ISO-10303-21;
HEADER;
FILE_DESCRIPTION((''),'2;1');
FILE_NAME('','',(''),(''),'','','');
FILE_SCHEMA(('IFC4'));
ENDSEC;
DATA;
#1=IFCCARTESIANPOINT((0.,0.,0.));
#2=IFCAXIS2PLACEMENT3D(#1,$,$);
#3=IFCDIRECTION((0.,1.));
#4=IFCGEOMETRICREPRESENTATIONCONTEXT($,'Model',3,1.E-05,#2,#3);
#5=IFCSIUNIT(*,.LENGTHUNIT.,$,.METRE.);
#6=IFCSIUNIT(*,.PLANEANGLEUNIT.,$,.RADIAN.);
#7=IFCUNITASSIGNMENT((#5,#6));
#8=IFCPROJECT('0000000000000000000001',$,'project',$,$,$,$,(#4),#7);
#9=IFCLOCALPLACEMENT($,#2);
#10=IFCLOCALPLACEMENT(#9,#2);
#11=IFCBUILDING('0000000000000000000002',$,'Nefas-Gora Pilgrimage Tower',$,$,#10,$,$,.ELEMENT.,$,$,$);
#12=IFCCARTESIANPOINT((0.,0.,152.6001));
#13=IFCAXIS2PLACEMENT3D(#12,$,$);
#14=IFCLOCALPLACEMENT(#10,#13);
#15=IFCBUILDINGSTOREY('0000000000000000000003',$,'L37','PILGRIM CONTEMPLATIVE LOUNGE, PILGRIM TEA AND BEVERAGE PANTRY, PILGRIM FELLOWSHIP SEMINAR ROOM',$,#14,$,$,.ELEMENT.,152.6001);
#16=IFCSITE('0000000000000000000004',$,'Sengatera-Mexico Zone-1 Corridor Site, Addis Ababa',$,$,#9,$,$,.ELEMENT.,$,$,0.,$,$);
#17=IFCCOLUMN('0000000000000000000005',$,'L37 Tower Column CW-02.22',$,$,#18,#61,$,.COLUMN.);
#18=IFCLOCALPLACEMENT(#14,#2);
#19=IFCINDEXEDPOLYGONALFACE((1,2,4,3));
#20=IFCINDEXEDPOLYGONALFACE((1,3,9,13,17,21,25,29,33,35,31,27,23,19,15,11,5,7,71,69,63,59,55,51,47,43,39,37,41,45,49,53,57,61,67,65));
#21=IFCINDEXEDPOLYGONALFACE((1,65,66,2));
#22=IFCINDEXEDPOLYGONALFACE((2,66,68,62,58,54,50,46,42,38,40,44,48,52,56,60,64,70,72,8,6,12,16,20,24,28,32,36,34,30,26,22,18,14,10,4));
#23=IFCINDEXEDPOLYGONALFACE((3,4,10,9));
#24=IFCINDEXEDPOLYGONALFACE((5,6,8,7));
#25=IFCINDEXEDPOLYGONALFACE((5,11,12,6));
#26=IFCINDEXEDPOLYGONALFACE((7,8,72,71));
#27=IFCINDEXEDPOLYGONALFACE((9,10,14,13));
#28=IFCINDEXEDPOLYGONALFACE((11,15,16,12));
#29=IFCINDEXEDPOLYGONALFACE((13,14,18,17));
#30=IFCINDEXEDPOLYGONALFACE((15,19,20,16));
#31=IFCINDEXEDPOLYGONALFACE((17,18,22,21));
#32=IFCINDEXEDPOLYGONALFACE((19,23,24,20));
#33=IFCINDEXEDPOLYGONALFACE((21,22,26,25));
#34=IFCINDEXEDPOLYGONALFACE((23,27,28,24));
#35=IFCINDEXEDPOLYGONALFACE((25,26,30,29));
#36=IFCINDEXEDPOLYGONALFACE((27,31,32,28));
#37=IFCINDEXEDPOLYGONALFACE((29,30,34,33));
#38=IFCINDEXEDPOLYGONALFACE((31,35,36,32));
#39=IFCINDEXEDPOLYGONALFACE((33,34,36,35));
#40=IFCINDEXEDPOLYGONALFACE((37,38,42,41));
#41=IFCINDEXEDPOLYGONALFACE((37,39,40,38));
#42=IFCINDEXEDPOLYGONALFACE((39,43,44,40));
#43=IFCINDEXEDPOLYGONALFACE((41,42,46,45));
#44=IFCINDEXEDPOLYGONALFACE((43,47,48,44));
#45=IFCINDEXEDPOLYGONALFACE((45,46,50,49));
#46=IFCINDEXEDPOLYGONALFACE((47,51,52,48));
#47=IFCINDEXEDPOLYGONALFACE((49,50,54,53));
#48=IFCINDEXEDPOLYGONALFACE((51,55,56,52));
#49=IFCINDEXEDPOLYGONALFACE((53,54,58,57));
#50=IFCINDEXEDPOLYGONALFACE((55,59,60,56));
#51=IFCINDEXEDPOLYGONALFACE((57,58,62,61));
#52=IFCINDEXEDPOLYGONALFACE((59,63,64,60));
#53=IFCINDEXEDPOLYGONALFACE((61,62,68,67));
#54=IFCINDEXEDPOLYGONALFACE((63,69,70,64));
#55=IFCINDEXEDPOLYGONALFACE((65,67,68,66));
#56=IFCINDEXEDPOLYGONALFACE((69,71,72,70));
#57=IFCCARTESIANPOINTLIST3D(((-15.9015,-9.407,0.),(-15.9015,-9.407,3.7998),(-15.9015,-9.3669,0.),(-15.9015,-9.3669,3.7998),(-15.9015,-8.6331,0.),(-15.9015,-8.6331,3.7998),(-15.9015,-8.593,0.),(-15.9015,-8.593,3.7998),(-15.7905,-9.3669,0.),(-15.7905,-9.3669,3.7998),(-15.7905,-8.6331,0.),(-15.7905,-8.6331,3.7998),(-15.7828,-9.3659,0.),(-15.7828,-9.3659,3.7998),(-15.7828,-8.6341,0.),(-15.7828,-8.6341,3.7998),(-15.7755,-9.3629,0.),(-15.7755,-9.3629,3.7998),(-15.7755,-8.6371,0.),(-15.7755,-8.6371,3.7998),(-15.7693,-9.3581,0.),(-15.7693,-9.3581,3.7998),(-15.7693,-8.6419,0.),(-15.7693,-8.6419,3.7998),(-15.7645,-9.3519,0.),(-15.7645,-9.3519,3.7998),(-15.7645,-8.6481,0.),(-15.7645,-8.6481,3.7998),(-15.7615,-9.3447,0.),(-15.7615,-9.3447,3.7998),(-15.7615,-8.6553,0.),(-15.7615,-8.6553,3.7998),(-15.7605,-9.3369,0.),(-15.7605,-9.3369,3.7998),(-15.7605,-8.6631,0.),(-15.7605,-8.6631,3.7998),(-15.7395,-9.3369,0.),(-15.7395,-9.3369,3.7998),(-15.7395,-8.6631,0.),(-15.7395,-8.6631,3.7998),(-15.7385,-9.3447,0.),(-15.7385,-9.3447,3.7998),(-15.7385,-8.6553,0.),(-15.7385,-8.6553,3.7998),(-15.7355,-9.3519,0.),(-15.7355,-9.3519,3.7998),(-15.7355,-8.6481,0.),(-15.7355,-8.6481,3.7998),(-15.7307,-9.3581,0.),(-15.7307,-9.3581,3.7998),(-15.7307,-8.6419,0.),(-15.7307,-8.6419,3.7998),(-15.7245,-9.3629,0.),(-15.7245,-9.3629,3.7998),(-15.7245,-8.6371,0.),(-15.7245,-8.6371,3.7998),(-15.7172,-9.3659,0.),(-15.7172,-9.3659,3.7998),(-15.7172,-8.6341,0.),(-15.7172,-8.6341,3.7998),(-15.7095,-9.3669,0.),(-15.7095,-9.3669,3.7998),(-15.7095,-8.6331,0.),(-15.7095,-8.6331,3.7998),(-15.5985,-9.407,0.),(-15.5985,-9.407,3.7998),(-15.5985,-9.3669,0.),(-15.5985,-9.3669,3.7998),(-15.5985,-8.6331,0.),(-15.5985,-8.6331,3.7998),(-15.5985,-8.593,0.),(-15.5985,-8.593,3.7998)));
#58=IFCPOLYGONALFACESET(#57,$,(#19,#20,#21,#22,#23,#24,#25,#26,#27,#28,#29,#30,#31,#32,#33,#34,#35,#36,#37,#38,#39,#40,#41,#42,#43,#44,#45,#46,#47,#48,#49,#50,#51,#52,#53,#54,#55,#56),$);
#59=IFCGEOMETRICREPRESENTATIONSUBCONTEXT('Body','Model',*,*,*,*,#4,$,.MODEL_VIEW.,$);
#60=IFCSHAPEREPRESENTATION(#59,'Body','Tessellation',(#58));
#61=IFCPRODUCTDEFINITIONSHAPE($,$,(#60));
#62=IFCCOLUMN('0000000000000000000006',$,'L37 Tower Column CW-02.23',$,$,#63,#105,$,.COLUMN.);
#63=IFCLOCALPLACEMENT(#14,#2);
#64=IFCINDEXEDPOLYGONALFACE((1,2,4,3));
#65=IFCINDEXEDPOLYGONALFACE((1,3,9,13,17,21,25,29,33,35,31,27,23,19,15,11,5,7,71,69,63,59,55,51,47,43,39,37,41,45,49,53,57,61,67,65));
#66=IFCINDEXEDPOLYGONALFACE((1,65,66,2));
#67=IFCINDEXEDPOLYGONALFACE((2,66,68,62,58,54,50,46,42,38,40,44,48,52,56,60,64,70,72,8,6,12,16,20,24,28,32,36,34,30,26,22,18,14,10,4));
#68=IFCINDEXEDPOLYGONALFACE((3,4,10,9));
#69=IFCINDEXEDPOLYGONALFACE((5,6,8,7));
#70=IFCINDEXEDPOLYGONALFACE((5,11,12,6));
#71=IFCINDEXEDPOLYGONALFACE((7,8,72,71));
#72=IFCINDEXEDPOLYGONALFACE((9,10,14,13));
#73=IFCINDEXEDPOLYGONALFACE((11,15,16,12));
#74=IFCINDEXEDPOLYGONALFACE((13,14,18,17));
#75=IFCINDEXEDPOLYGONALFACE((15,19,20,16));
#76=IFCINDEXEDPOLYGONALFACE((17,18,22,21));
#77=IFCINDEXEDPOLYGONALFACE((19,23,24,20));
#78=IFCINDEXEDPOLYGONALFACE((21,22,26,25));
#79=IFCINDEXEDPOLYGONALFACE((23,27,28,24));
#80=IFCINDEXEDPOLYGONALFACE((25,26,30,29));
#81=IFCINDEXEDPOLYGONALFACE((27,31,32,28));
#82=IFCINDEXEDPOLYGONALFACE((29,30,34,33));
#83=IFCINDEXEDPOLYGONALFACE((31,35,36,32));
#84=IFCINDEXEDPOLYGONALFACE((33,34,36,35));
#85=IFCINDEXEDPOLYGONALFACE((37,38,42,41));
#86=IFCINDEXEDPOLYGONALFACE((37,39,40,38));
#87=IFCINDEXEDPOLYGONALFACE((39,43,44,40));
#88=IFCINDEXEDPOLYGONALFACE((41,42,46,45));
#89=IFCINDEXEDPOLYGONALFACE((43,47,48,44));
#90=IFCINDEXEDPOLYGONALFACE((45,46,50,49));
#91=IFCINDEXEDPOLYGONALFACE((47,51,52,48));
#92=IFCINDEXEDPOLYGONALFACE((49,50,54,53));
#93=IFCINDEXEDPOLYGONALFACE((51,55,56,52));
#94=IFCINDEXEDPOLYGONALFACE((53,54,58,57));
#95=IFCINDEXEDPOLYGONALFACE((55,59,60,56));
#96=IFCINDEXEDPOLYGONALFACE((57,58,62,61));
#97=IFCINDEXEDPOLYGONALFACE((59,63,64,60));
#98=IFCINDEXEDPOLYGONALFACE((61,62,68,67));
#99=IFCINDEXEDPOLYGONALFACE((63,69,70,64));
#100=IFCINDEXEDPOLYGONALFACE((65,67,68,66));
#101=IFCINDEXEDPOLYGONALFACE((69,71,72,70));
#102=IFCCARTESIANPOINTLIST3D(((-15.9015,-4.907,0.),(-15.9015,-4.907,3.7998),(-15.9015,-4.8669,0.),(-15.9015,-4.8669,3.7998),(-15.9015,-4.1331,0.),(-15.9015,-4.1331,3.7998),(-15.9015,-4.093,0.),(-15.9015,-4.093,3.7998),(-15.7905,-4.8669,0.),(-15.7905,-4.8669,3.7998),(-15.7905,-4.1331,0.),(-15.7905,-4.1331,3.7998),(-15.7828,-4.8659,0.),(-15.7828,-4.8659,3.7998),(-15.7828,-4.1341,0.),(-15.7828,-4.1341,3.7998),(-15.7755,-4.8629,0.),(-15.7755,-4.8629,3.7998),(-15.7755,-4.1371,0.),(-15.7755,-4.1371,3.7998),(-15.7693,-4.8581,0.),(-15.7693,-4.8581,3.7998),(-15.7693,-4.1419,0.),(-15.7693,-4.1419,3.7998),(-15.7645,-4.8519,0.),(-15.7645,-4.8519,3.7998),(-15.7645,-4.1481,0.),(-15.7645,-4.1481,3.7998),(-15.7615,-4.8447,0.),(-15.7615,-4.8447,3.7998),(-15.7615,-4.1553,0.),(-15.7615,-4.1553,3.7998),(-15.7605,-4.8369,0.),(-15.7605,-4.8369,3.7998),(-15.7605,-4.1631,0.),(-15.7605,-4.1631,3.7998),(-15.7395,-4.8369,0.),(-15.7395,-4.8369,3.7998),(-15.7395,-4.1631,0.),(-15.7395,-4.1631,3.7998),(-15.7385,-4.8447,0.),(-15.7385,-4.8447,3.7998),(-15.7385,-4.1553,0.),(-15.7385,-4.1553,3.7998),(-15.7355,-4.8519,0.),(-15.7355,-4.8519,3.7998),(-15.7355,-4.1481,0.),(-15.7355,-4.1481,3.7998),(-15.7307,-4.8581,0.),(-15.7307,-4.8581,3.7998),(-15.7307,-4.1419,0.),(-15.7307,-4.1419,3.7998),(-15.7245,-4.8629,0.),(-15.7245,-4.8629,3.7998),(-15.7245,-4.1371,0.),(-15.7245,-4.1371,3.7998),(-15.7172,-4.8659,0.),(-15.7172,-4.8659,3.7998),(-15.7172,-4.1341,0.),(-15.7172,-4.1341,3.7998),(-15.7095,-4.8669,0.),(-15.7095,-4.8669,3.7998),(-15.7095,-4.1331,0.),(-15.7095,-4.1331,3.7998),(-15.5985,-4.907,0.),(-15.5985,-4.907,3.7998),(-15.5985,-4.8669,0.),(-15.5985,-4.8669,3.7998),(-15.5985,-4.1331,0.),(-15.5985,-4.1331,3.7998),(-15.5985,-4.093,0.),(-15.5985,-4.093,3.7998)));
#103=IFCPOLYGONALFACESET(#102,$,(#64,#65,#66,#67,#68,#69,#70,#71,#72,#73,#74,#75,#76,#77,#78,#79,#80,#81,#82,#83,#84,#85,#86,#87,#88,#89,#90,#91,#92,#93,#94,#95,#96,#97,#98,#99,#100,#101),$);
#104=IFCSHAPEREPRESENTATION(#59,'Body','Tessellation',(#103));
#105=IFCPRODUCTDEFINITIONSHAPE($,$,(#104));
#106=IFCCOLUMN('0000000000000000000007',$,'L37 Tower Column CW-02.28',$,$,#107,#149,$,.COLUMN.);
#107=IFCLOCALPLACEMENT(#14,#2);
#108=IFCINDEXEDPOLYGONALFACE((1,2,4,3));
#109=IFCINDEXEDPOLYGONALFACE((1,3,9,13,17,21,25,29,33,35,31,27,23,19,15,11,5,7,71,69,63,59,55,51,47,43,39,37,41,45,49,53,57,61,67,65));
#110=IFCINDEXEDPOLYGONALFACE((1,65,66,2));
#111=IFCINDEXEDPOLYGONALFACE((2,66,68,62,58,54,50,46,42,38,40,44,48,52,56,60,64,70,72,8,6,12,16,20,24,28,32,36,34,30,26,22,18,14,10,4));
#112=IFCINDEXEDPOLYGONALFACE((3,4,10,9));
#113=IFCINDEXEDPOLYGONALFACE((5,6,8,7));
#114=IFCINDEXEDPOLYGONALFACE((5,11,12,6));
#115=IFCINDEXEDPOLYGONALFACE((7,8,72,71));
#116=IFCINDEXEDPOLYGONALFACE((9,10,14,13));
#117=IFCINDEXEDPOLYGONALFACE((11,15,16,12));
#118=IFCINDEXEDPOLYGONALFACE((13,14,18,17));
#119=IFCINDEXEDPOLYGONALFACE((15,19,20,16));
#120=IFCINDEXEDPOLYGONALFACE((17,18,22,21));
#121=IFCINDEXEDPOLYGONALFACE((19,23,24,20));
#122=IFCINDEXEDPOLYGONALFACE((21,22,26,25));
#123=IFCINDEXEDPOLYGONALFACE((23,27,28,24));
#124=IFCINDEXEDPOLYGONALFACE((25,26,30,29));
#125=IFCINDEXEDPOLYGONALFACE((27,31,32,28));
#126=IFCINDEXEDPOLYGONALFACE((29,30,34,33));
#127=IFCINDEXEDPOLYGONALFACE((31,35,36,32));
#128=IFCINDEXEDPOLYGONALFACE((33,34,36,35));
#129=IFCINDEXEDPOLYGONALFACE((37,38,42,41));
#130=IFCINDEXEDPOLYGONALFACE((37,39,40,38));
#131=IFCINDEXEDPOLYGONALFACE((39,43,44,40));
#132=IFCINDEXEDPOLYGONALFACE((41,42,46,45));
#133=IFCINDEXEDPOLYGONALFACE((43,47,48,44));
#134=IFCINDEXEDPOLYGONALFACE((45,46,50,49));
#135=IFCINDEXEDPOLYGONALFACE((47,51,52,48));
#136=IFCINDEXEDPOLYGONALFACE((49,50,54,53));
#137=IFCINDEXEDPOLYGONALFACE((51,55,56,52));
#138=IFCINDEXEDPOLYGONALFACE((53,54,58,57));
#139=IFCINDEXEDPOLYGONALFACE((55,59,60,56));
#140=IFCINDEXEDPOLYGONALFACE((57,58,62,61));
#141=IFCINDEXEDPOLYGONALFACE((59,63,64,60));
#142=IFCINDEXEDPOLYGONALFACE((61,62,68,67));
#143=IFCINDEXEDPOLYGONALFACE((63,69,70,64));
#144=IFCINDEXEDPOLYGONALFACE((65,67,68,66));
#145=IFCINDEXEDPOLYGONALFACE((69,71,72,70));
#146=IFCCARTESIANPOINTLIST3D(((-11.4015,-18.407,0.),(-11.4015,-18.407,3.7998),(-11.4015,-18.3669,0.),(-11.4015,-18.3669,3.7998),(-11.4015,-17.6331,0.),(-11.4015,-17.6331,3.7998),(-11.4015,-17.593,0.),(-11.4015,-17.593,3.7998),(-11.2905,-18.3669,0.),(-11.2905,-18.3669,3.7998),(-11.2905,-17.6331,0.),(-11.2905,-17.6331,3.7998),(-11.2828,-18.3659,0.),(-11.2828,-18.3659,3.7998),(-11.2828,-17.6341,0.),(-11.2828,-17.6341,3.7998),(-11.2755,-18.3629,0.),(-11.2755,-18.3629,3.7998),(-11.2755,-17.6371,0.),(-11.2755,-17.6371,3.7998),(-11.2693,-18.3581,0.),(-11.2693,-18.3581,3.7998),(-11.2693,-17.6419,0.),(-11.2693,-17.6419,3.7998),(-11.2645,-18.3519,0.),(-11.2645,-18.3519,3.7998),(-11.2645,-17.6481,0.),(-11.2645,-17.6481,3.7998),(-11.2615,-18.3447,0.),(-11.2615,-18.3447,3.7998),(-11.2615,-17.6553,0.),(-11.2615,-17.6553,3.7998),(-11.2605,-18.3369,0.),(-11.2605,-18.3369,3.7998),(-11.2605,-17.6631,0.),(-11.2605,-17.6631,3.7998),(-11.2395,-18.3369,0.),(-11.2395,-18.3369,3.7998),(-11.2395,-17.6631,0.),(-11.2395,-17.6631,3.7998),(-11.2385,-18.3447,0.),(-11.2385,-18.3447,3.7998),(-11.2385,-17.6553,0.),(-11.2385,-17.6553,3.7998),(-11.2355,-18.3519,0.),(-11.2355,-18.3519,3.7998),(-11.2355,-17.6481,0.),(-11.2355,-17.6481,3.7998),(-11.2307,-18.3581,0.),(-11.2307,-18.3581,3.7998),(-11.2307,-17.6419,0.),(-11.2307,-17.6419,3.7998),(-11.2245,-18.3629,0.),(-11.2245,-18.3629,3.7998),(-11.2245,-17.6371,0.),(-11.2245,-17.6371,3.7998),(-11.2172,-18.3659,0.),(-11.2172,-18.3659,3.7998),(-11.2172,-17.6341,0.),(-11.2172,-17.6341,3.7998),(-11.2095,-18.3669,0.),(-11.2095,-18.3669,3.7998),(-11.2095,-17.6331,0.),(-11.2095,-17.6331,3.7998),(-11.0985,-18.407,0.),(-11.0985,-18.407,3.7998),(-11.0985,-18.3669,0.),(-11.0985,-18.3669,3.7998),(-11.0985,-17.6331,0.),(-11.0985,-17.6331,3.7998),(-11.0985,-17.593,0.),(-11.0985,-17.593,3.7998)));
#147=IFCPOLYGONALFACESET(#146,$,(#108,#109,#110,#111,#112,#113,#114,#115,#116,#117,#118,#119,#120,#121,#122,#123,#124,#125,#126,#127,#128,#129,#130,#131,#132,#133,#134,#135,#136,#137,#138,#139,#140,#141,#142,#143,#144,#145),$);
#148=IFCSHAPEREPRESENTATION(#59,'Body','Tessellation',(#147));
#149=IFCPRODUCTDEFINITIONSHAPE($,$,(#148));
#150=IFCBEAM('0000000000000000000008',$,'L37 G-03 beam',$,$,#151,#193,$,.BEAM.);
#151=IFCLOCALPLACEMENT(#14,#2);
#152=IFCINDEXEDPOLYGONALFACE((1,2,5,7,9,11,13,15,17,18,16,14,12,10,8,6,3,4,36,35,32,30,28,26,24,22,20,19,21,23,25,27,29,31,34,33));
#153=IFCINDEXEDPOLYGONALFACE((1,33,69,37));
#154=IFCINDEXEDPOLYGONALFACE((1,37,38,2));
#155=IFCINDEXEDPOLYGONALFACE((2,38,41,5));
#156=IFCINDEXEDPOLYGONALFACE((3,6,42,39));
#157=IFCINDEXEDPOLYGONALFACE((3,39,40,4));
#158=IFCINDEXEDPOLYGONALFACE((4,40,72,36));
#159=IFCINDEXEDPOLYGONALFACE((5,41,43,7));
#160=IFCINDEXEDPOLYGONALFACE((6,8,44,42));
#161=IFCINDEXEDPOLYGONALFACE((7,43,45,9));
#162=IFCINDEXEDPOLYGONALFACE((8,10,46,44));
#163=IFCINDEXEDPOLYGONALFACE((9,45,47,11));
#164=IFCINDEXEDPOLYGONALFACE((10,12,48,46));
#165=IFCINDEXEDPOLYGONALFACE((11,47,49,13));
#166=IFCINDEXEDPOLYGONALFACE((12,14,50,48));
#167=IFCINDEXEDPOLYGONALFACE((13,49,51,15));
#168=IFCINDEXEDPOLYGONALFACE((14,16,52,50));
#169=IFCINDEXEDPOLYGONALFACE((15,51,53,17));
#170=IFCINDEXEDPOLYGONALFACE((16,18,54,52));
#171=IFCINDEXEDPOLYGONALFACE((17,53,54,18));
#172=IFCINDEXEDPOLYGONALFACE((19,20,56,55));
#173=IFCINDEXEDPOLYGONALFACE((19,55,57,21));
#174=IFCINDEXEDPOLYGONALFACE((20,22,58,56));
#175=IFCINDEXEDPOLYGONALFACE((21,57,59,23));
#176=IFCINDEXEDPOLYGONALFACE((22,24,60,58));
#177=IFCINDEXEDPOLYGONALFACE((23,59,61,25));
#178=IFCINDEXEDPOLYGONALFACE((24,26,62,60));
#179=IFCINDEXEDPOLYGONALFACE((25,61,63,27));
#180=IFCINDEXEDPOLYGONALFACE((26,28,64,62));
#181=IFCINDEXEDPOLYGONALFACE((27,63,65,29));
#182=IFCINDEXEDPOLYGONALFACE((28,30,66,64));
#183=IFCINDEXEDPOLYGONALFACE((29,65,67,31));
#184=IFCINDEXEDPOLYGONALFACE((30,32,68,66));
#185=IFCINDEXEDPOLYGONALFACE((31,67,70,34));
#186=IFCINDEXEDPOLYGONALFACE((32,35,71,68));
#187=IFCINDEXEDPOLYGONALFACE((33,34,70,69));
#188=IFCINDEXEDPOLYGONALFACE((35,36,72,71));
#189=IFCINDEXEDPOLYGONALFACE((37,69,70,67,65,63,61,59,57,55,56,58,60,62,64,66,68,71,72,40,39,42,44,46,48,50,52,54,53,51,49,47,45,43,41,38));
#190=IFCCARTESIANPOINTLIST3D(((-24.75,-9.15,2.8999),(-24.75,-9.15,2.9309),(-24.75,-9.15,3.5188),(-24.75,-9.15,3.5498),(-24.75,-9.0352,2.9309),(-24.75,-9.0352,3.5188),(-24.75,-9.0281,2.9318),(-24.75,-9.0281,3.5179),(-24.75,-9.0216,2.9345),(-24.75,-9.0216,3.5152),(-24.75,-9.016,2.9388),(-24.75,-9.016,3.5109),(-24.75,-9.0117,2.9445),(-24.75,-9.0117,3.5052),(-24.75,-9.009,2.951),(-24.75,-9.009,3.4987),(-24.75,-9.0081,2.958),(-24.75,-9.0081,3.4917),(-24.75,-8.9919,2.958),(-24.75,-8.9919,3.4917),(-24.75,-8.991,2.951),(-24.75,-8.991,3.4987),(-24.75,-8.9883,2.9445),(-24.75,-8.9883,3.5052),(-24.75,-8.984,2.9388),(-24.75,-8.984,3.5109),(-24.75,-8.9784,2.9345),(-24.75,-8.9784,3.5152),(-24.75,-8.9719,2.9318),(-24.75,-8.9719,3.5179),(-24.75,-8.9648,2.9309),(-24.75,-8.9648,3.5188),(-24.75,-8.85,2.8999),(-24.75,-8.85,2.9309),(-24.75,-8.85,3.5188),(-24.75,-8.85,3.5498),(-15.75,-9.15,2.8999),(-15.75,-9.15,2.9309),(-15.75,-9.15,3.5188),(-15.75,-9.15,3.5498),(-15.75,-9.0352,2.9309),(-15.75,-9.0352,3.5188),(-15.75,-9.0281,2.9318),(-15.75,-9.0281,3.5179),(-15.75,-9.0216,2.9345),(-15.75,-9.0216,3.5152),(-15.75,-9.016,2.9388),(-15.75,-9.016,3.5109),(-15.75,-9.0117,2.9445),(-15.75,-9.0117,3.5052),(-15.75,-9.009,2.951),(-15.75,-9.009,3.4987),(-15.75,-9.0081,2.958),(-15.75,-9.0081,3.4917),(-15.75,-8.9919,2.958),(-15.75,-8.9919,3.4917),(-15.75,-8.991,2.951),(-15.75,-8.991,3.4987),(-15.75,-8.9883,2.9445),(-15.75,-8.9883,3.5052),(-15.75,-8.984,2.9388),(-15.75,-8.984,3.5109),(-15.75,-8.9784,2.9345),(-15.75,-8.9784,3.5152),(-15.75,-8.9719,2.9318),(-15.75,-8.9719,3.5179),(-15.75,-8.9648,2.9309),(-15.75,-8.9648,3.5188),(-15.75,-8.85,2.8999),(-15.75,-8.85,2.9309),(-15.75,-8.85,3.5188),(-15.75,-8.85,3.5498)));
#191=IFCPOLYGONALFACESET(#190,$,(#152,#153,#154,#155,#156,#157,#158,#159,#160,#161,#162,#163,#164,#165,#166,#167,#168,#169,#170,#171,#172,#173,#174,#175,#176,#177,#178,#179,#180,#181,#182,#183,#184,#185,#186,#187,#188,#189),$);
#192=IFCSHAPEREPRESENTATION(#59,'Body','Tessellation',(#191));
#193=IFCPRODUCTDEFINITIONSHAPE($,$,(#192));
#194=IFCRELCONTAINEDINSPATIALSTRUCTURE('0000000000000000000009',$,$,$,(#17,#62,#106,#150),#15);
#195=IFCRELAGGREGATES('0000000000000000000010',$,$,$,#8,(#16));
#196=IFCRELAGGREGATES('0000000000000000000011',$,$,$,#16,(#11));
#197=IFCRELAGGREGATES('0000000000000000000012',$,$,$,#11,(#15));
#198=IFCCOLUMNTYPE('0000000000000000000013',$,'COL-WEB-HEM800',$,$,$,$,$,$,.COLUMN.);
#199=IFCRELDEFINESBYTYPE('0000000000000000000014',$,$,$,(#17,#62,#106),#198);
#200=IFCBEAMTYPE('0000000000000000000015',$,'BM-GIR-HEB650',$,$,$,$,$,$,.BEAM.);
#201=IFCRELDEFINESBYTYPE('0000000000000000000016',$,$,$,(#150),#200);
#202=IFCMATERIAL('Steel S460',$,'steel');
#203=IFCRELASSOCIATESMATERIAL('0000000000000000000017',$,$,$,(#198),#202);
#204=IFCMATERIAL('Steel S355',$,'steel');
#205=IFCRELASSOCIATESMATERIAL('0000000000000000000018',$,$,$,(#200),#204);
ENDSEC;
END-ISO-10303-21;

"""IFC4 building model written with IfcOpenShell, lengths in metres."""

from ifc_helpers import new_model, si_unit, direction, frame, origin, origin_2d, place, context, subcontext, project, spatial, i_section, extrude, source, transform, mapped, material, material_profile, profile_set, type_object, element, save


model = new_model("IFC4")

# Units and contexts
model_context = context("Model", 3, precision=1e-05, world=origin(), true_north=direction((0.0, 1.0)))
body_context = subcontext(model_context, "Body", "Model", "MODEL_VIEW")
ifc_project = project(units=[si_unit("LENGTHUNIT", "METRE"), si_unit("PLANEANGLEUNIT", "RADIAN")], contexts=[model_context])

# Site, building, storey
site_placement = place(None, origin())
site = spatial("IfcSite", under=ifc_project, at=site_placement, Name="Sengatera-Mexico Zone-1 Corridor Site, Addis Ababa", CompositionType="ELEMENT", RefElevation=0.0)
building_placement = place(site_placement, origin())
building = spatial("IfcBuilding", under=site, at=building_placement, Name="Nefas-Gora Pilgrimage Tower", CompositionType="ELEMENT")
storey_placement = place(building_placement, frame((0.0, 0.0, 152.6001)))
storey = spatial("IfcBuildingStorey", under=building, at=storey_placement, Name="L37", Description="PILGRIM CONTEMPLATIVE LOUNGE, PILGRIM TEA AND BEVERAGE PANTRY, PILGRIM FELLOWSHIP SEMINAR ROOM", CompositionType="ELEMENT", Elevation=152.6001)

# Columns
ifc_material_1 = material(Name="Steel S460", Category="steel")
ifc_material_profile_1 = material_profile(ifc_material_1, i_section(OverallWidth=0.303, OverallDepth=0.814, WebThickness=0.021, FlangeThickness=0.04, FilletRadius=0.03, at=origin_2d()), Name="HEM 800")
ifc_profile_set_1 = profile_set([ifc_material_profile_1], Name="Steel S460")
column_type_1 = type_object("IfcColumnType", Name="COL-WEB-HEM800", PredefinedType="COLUMN", material=ifc_profile_set_1)
shared_shape_1 = source(origin(), body_context, "Body", "SweptSolid", [
    extrude(i_section(OverallWidth=0.303, OverallDepth=0.814, WebThickness=0.021, FlangeThickness=0.04, FilletRadius=0.03, at=origin_2d()), origin(), (0.0, 0.0, 1.0), 3.7998),
])
for number, where, z_axis, x_axis, name in (
    (1, (-15.75, -9.0, 0.0), (0.0, 0.0, 1.0), (1.0, 0.0, 0.0), "L37 Tower Column CW-02.22"),
    (2, (-15.75, -4.5, 0.0), (0.0, 0.0, 1.0), (1.0, 0.0, 0.0), "L37 Tower Column CW-02.23"),
    (3, (-11.25, -18.0, 0.0), (0.0, 0.0, 1.0), (1.0, 0.0, 0.0), "L37 Tower Column CW-02.28"),
):
    element("IfcColumn", number, at=place(storey_placement, frame(where, z_axis=z_axis, x_axis=x_axis)), inside=storey, type_object=column_type_1, Name=name, PredefinedType="COLUMN", context=body_context, shape_type="MappedRepresentation", body=[
        mapped(shared_shape_1, transform((0.0, 0.0, 0.0), x_axis=(1.0, 0.0, 0.0), y_axis=(0.0, 1.0, 0.0), z_axis=(0.0, 0.0, 1.0), scale=1.0)),
    ])

# Beam
ifc_material_2 = material(Name="Steel S355", Category="steel")
ifc_material_profile_2 = material_profile(ifc_material_2, i_section(OverallWidth=0.3, OverallDepth=0.6499, WebThickness=0.0161, FlangeThickness=0.031, FilletRadius=0.0271, at=origin_2d()), Name="HEB 650")
ifc_profile_set_2 = profile_set([ifc_material_profile_2], Name="Steel S355")
beam_type = type_object("IfcBeamType", Name="BM-GIR-HEB650", PredefinedType="BEAM", material=ifc_profile_set_2)
shared_shape_2 = source(origin(), body_context, "Body", "SweptSolid", [
    extrude(i_section(OverallWidth=0.3, OverallDepth=0.6499, WebThickness=0.0161, FlangeThickness=0.031, FilletRadius=0.0271, at=origin_2d()), origin(), (0.0, 0.0, 1.0), 9.0),
])
for number, where, z_axis, x_axis, name in (
    (4, (-24.75, -9.0, 3.2249), (1.0, 0.0, 0.0), (0.0, 1.0, 0.0), "L37 G-03 beam"),
):
    element("IfcBeam", number, at=place(storey_placement, frame(where, z_axis=z_axis, x_axis=x_axis)), inside=storey, type_object=beam_type, Name=name, PredefinedType="BEAM", context=body_context, shape_type="MappedRepresentation", body=[
        mapped(shared_shape_2, transform((0.0, 0.0, 0.0), x_axis=(1.0, 0.0, 0.0), y_axis=(0.0, 1.0, 0.0), z_axis=(0.0, 0.0, 1.0), scale=1.0)),
    ])

save(model, "model.ifc")
